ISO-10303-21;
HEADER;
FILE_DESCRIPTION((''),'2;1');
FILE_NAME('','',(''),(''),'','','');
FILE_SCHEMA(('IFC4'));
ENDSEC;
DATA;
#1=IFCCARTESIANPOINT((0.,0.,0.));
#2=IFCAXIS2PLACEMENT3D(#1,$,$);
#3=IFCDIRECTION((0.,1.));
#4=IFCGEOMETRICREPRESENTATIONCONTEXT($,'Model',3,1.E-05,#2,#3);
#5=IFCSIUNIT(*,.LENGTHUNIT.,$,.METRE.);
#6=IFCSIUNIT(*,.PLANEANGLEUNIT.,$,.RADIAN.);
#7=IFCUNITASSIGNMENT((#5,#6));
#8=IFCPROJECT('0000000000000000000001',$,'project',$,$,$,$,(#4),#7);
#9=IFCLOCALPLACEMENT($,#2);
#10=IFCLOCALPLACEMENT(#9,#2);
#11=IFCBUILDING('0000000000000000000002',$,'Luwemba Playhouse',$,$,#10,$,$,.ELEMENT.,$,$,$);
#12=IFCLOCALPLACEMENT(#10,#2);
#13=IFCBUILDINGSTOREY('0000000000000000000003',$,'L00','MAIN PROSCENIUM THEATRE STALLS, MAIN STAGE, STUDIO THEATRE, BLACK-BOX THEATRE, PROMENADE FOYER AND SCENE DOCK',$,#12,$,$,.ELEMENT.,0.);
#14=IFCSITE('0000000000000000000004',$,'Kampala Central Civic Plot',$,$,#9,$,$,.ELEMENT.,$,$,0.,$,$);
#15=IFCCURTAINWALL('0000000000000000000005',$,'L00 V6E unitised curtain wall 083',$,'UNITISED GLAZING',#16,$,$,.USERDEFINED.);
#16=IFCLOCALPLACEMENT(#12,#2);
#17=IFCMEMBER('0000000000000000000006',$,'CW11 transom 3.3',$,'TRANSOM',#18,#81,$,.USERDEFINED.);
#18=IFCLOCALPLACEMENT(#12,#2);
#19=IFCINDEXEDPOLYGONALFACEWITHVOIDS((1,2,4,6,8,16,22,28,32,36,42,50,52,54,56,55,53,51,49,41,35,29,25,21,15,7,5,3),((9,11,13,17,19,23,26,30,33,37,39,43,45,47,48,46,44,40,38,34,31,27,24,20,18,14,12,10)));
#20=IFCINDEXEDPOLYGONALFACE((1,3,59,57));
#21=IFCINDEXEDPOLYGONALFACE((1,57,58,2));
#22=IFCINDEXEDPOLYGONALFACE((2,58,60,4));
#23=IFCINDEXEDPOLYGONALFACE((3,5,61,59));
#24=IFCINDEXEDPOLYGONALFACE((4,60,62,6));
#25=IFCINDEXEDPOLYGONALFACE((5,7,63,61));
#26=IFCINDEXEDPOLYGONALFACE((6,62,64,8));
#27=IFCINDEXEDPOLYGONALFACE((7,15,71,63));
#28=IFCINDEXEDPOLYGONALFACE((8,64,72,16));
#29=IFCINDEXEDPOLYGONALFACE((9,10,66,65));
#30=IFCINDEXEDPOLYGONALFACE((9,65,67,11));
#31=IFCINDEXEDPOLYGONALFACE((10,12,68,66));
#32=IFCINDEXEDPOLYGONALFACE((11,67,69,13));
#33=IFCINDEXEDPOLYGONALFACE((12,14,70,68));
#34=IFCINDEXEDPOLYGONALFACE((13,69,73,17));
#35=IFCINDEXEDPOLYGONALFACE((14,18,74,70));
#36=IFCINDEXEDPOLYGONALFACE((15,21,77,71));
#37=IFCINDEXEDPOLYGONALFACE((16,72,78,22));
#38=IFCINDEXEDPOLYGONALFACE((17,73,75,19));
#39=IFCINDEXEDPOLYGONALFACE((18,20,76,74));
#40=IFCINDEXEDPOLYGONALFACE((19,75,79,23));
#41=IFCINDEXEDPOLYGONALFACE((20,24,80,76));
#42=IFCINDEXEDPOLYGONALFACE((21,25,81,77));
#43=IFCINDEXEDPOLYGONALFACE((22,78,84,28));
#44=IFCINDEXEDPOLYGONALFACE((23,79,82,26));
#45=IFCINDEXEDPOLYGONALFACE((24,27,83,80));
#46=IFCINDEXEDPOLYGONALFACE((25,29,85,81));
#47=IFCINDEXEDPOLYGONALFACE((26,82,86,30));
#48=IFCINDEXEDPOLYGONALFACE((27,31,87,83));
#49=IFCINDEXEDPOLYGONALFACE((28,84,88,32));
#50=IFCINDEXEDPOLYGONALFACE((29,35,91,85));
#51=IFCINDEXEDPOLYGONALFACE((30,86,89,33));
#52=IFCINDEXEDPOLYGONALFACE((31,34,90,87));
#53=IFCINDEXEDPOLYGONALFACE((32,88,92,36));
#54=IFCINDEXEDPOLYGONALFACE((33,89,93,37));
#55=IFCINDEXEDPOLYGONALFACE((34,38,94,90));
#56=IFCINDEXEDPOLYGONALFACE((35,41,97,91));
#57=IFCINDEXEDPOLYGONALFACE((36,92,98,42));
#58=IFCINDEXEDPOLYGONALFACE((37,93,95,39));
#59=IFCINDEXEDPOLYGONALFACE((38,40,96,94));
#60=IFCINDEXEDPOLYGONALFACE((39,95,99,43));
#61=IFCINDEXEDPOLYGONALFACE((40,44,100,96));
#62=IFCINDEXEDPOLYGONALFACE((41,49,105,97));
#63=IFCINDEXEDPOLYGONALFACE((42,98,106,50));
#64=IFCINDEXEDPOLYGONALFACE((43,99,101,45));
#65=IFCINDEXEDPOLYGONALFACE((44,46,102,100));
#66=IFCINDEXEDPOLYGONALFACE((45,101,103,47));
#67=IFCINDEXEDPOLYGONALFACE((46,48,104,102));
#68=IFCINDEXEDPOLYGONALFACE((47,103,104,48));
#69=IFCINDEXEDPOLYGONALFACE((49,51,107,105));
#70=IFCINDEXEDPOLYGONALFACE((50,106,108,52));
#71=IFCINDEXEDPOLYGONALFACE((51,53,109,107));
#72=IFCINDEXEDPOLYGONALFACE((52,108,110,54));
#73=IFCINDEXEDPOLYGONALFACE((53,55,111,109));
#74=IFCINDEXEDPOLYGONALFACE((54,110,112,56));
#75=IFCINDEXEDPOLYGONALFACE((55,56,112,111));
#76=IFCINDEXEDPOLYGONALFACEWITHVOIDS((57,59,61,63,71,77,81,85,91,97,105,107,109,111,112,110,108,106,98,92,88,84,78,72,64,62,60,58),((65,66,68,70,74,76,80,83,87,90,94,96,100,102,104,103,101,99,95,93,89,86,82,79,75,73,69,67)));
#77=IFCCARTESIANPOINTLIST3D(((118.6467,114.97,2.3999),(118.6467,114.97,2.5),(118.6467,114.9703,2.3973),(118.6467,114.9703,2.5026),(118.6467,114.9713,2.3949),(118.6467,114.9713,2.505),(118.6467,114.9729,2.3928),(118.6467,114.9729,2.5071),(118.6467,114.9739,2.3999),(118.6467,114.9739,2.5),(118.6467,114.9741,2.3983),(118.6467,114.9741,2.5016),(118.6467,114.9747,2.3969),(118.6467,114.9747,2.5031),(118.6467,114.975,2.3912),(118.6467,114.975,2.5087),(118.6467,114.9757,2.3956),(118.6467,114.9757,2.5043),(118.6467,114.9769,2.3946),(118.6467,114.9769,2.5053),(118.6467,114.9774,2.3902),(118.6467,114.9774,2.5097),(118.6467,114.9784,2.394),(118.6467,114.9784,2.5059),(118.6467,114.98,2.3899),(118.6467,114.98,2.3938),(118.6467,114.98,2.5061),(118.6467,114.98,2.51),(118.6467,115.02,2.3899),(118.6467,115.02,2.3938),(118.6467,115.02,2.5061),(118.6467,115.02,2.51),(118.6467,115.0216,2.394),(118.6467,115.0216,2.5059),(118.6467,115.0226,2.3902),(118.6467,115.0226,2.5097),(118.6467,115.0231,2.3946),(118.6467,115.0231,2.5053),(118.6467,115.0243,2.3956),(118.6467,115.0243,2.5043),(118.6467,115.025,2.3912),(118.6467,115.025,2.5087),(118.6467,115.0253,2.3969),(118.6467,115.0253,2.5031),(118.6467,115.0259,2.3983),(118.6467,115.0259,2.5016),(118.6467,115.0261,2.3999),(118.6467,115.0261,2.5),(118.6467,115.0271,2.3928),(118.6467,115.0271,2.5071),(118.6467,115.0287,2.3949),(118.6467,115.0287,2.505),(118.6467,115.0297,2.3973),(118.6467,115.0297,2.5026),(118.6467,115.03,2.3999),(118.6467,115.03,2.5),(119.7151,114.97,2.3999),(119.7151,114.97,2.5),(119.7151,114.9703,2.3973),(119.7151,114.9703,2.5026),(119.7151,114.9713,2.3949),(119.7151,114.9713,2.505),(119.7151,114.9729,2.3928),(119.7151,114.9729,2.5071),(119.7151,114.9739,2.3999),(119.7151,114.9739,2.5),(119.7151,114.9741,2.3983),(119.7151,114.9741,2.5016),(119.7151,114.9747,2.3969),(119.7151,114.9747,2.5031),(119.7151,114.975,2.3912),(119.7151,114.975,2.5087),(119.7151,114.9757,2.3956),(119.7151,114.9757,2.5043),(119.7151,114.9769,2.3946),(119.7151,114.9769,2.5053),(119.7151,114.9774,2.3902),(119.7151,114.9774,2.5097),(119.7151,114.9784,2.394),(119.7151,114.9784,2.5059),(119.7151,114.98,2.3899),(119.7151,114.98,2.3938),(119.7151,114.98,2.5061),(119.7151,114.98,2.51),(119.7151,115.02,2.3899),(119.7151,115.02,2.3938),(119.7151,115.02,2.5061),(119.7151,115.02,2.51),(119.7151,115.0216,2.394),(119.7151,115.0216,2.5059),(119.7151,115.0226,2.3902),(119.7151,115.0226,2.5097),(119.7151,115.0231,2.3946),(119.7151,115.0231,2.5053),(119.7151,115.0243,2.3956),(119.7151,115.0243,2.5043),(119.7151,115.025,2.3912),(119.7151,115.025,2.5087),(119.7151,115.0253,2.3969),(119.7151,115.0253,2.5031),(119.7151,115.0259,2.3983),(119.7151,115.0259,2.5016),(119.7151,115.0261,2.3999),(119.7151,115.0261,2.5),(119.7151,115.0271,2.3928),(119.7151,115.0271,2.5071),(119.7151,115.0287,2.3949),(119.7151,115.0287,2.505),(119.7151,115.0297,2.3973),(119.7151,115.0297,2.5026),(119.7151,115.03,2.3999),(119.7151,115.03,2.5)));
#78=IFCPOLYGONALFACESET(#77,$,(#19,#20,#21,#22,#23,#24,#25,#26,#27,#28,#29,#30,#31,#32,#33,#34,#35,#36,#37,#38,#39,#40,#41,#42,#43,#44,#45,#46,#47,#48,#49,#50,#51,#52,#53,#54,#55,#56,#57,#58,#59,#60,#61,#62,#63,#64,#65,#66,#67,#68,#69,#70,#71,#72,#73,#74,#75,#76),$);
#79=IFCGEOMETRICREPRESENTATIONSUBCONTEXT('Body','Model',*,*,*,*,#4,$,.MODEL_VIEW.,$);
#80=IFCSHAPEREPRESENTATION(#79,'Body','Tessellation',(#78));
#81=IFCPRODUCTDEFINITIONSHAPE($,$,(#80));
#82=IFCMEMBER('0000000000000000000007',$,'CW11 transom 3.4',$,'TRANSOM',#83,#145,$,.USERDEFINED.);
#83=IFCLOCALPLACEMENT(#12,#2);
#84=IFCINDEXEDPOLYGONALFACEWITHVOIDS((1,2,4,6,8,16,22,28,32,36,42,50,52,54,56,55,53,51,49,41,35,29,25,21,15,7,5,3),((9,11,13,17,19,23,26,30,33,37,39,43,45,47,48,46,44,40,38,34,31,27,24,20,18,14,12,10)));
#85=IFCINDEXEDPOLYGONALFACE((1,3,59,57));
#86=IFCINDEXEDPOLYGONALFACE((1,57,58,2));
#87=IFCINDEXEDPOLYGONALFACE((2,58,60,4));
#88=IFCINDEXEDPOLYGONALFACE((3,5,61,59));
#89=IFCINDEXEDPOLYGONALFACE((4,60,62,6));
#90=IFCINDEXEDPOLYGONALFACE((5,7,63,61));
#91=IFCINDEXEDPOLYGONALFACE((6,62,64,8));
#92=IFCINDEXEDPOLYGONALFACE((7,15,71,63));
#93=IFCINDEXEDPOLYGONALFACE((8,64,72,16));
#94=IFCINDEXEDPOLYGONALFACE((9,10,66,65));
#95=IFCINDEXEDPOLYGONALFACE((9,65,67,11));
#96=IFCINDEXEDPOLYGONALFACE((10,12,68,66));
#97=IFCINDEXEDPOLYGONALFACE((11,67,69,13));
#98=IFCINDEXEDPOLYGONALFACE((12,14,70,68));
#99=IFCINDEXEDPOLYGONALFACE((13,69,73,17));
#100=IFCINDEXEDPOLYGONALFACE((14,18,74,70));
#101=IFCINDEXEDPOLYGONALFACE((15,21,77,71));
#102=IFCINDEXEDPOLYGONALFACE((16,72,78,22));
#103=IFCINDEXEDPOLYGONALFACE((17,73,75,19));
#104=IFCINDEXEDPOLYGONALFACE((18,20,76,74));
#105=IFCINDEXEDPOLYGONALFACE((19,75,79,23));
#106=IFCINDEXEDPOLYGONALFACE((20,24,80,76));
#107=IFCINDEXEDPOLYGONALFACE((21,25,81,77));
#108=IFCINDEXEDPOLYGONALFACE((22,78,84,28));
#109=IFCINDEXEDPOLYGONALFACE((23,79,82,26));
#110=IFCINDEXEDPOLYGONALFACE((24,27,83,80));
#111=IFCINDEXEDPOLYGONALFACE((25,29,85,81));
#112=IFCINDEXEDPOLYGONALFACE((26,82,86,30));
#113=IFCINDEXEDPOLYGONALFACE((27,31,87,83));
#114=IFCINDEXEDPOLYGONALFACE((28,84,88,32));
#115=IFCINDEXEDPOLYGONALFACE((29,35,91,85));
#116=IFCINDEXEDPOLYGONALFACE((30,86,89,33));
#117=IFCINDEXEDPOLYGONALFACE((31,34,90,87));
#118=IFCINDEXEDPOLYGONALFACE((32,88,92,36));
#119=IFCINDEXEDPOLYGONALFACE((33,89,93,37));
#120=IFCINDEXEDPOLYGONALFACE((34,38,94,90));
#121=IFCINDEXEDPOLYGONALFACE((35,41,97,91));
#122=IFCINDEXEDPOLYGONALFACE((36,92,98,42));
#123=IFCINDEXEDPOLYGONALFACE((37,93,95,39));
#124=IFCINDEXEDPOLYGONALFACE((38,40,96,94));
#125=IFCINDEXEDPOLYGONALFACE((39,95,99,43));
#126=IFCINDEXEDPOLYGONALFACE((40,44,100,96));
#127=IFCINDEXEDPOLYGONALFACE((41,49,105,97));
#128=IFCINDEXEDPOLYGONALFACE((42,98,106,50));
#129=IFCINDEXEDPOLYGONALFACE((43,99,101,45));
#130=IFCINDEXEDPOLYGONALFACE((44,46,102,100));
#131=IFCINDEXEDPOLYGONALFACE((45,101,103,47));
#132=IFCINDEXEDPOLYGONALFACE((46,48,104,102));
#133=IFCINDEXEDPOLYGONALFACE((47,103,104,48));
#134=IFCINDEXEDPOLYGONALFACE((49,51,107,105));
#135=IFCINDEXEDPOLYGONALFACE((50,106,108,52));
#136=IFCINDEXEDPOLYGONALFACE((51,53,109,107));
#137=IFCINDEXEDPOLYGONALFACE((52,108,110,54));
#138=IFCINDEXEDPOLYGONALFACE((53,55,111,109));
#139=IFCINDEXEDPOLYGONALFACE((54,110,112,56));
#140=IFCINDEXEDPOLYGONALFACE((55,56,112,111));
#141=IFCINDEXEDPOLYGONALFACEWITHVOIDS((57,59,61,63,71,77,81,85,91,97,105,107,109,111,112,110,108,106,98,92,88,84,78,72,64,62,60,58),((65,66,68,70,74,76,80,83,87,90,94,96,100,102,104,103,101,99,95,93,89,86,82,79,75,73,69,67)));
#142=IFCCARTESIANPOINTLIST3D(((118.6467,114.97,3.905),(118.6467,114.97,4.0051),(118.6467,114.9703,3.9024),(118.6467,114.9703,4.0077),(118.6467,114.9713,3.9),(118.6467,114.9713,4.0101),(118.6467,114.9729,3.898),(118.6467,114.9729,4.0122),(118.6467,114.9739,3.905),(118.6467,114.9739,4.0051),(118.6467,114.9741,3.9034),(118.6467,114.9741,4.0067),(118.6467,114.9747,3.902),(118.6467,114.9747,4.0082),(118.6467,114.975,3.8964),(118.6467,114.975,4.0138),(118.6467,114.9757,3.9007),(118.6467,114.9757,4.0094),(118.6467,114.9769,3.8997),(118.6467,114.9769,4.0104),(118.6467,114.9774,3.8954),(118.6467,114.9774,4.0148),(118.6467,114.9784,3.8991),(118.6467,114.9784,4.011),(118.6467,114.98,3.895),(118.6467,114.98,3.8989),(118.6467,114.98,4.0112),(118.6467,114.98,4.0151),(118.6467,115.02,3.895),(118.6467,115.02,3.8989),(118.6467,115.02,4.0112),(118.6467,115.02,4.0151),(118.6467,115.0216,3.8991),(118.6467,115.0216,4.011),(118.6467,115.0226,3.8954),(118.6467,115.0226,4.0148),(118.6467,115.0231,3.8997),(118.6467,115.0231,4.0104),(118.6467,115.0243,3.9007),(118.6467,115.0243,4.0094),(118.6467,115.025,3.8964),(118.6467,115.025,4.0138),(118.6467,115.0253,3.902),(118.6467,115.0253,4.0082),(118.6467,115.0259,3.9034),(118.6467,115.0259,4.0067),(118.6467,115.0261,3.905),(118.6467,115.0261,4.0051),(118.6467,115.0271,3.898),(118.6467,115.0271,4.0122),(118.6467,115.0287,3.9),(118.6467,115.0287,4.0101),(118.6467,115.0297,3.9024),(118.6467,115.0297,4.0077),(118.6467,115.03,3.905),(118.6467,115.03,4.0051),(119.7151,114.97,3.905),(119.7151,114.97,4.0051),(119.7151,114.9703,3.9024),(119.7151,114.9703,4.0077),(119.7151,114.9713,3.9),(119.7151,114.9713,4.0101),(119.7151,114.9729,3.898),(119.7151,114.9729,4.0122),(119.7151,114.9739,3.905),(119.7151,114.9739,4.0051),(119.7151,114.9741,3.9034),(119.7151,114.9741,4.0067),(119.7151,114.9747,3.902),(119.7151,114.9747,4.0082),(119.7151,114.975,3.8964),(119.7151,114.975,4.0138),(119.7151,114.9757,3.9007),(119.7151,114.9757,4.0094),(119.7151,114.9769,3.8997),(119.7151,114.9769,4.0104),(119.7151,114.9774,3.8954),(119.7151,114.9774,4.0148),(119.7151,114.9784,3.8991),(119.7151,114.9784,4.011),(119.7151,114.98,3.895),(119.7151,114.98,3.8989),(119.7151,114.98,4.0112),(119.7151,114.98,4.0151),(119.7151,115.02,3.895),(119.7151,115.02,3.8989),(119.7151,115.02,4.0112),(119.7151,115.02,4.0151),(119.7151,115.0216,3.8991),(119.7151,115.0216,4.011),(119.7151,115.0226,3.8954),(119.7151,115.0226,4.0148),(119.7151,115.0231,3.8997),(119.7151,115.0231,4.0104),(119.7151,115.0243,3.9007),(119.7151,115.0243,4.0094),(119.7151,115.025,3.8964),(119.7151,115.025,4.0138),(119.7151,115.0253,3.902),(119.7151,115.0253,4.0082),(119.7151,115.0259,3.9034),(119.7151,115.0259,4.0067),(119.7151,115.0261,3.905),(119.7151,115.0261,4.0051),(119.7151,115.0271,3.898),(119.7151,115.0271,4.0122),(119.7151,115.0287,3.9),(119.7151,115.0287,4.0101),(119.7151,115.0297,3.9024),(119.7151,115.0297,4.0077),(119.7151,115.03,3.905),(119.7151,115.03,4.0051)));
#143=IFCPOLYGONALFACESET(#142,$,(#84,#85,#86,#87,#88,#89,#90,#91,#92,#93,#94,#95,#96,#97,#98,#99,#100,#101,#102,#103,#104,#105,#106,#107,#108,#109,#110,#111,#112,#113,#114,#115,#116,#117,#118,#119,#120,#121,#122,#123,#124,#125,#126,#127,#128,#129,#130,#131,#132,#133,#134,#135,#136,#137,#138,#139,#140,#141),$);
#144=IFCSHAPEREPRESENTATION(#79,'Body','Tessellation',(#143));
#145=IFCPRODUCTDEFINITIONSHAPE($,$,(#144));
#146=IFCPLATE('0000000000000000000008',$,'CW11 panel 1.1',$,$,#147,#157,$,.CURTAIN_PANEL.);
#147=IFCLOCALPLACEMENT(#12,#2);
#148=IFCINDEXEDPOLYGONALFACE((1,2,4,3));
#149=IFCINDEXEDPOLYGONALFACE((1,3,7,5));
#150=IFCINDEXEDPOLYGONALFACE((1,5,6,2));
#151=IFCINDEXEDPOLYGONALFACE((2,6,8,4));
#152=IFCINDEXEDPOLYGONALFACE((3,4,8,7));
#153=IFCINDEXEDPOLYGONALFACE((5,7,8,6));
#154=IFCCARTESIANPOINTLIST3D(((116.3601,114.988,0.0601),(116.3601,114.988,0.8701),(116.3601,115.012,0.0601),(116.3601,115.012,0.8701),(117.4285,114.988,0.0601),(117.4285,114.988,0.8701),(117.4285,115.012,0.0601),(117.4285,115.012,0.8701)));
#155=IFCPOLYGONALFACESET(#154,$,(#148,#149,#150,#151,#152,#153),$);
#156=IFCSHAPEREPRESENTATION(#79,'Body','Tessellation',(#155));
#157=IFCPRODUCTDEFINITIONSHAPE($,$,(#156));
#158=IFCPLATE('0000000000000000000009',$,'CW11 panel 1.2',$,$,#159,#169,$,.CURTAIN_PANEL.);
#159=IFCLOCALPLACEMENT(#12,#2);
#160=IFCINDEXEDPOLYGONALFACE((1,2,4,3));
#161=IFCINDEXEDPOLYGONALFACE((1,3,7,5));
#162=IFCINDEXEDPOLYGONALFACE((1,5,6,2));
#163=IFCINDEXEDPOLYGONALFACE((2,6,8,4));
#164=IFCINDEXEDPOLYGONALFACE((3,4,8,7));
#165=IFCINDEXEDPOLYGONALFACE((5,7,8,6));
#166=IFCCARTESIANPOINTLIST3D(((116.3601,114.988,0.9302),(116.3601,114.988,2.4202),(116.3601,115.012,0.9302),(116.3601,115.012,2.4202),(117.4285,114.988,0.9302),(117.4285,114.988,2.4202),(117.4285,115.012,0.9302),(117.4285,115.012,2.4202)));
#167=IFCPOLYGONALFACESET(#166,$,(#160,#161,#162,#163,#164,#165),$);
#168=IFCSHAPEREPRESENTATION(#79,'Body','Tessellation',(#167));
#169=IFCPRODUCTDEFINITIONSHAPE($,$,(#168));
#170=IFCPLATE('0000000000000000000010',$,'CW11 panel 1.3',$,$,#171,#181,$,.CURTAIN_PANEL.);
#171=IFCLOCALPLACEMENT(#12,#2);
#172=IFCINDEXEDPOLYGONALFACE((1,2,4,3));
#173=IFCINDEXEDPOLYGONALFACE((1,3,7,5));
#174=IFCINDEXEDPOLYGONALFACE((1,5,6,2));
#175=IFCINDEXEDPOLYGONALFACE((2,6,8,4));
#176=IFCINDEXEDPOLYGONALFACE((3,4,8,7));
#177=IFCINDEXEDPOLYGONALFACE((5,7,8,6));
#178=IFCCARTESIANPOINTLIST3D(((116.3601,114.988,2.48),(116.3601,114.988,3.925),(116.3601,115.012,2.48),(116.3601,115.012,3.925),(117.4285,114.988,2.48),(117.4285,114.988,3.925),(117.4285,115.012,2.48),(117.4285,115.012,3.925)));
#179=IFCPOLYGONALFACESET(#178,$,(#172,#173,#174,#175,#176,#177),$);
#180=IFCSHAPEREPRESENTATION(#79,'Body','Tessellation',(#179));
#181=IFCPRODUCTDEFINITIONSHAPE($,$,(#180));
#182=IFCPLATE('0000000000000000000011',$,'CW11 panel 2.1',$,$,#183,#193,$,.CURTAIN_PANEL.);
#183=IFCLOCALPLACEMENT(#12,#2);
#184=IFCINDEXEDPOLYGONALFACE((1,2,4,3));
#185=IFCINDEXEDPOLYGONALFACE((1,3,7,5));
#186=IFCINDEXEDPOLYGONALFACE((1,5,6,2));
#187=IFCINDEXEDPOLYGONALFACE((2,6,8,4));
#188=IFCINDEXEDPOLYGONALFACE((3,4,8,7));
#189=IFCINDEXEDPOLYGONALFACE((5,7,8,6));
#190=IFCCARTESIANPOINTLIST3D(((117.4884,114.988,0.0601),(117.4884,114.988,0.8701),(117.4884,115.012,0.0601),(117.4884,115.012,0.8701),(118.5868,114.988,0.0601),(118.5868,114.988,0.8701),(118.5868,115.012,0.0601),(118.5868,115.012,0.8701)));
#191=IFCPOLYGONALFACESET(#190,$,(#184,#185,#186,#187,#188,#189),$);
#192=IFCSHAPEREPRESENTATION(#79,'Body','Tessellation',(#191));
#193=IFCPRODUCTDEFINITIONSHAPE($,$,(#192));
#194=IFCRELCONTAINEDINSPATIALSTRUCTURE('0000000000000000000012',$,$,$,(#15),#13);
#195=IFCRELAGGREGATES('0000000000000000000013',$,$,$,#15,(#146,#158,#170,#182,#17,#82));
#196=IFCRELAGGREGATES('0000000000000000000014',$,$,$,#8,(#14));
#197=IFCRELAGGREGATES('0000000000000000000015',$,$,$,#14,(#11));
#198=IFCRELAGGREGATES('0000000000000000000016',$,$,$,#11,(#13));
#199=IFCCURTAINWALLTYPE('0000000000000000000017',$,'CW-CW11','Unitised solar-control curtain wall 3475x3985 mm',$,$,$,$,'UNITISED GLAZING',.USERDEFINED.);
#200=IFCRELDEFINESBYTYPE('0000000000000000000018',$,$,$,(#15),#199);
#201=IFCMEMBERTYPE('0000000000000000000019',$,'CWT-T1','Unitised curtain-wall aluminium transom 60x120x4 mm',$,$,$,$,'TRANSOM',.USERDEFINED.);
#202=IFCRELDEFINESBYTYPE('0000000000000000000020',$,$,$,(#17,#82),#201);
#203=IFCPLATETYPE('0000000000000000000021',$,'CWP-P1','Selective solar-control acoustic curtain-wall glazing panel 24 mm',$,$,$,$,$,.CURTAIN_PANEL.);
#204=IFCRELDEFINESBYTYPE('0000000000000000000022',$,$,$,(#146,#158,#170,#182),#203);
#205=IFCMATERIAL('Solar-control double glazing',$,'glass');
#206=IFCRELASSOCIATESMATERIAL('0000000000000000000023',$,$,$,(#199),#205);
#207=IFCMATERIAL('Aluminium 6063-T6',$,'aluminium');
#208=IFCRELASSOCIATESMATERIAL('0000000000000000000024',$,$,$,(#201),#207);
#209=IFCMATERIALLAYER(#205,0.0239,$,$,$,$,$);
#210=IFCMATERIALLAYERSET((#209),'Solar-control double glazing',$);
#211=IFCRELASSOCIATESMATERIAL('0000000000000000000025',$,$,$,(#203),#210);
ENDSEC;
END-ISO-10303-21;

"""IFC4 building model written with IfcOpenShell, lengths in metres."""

from ifc_helpers import new_model, si_unit, direction, frame, origin, origin_2d, place, context, subcontext, project, spatial, rectangle, hollow_rectangle, extrude, material, layer, layer_set, material_profile, profile_set, type_object, element, aggregate, save


model = new_model("IFC4")

# Units and contexts
model_context = context("Model", 3, precision=1e-05, world=origin(), true_north=direction((0.0, 1.0)))
body_context = subcontext(model_context, "Body", "Model", "MODEL_VIEW")
ifc_project = project(units=[si_unit("LENGTHUNIT", "METRE"), si_unit("PLANEANGLEUNIT", "RADIAN")], contexts=[model_context])

# Site, building, storey
site_placement = place(None, origin())
site = spatial("IfcSite", under=ifc_project, at=site_placement, Name="Kampala Central Civic Plot", CompositionType="ELEMENT", RefElevation=0.0)
building_placement = place(site_placement, origin())
building = spatial("IfcBuilding", under=site, at=building_placement, Name="Luwemba Playhouse", CompositionType="ELEMENT")
storey_placement = place(building_placement, origin())
storey = spatial("IfcBuildingStorey", under=building, at=storey_placement, Name="L00", Description="MAIN PROSCENIUM THEATRE STALLS, MAIN STAGE, STUDIO THEATRE, BLACK-BOX THEATRE, PROMENADE FOYER AND SCENE DOCK", CompositionType="ELEMENT", Elevation=0.0)

# Curtain wall, members, plates
ifc_material_1 = material(Name="Solar-control double glazing", Category="glass")
curtain_wall_type = type_object("IfcCurtainWallType", Name="CW-CW11", Description="Unitised solar-control curtain wall 3475x3985 mm", ElementType="UNITISED GLAZING", PredefinedType="USERDEFINED", material=ifc_material_1)
curtain_wall_placement = place(storey_placement, origin())
curtain_wall = element("IfcCurtainWall", 1, at=curtain_wall_placement, inside=storey, type_object=curtain_wall_type, Name="L00 V6E unitised curtain wall 083", ObjectType="UNITISED GLAZING", PredefinedType="USERDEFINED")
ifc_material_2 = material(Name="Aluminium 6063-T6", Category="aluminium")
ifc_material_profile_1 = material_profile(ifc_material_2, hollow_rectangle(XDim=0.0601, YDim=0.1201, WallThickness=0.0039, InnerFilletRadius=0.0061, OuterFilletRadius=0.01, at=origin_2d()))
ifc_profile_set_1 = profile_set([ifc_material_profile_1], Name="Aluminium 6063-T6")
member_type_1 = type_object("IfcMemberType", Name="CWT-T1", Description="Unitised curtain-wall aluminium transom 60x120x4 mm", ElementType="TRANSOM", PredefinedType="USERDEFINED", material=ifc_profile_set_1)
member_1_placement = place(storey_placement, frame((118.6467, 115.0, 2.45), z_axis=(1.0, 0.0, 0.0), x_axis=(0.0, 1.0, 0.0)))
member_1 = element("IfcMember", 2, at=member_1_placement, type_object=member_type_1, Name="CW11 transom 3.3", ObjectType="TRANSOM", PredefinedType="USERDEFINED", context=body_context, shape_type="SweptSolid", body=[
    extrude(hollow_rectangle(XDim=0.0601, YDim=0.1201, WallThickness=0.0039, InnerFilletRadius=0.0061, OuterFilletRadius=0.01, at=origin_2d()), origin(), (0.0, 0.0, 1.0), 1.0684),
])
member_2_placement = place(storey_placement, frame((118.6467, 115.0, 3.9551), z_axis=(1.0, 0.0, 0.0), x_axis=(0.0, 1.0, 0.0)))
member_2 = element("IfcMember", 3, at=member_2_placement, type_object=member_type_1, Name="CW11 transom 3.4", ObjectType="TRANSOM", PredefinedType="USERDEFINED", context=body_context, shape_type="SweptSolid", body=[
    extrude(hollow_rectangle(XDim=0.0601, YDim=0.1201, WallThickness=0.0039, InnerFilletRadius=0.0061, OuterFilletRadius=0.01, at=origin_2d()), origin(), (0.0, 0.0, 1.0), 1.0684),
])
ifc_layer_1 = layer(ifc_material_1, 0.0239)
ifc_layer_set_1 = layer_set([ifc_layer_1], Name="Solar-control double glazing")
plate_type = type_object("IfcPlateType", Name="CWP-P1", Description="Selective solar-control acoustic curtain-wall glazing panel 24 mm", PredefinedType="CURTAIN_PANEL", material=ifc_layer_set_1)
plate_1_placement = place(storey_placement, frame((116.8943, 115.0, 0.0601), z_axis=(0.0, 0.0, 1.0), x_axis=(1.0, 0.0, 0.0)))
plate_1 = element("IfcPlate", 4, at=plate_1_placement, type_object=plate_type, Name="CW11 panel 1.1", PredefinedType="CURTAIN_PANEL", context=body_context, shape_type="SweptSolid", body=[
    extrude(rectangle(XDim=1.0684, YDim=0.0239, at=origin_2d()), origin(), (0.0, 0.0, 1.0), 0.8101),
])
plate_2_placement = place(storey_placement, frame((116.8943, 115.0, 0.9302), z_axis=(0.0, 0.0, 1.0), x_axis=(1.0, 0.0, 0.0)))
plate_2 = element("IfcPlate", 5, at=plate_2_placement, type_object=plate_type, Name="CW11 panel 1.2", PredefinedType="CURTAIN_PANEL", context=body_context, shape_type="SweptSolid", body=[
    extrude(rectangle(XDim=1.0684, YDim=0.0239, at=origin_2d()), origin(), (0.0, 0.0, 1.0), 1.49),
])
plate_3_placement = place(storey_placement, frame((116.8943, 115.0, 2.48), z_axis=(0.0, 0.0, 1.0), x_axis=(1.0, 0.0, 0.0)))
plate_3 = element("IfcPlate", 6, at=plate_3_placement, type_object=plate_type, Name="CW11 panel 1.3", PredefinedType="CURTAIN_PANEL", context=body_context, shape_type="SweptSolid", body=[
    extrude(rectangle(XDim=1.0684, YDim=0.0239, at=origin_2d()), origin(), (0.0, 0.0, 1.0), 1.4451),
])
plate_4_placement = place(storey_placement, frame((118.0376, 115.0, 0.0601), z_axis=(0.0, 0.0, 1.0), x_axis=(1.0, 0.0, 0.0)))
plate_4 = element("IfcPlate", 7, at=plate_4_placement, type_object=plate_type, Name="CW11 panel 2.1", PredefinedType="CURTAIN_PANEL", context=body_context, shape_type="SweptSolid", body=[
    extrude(rectangle(XDim=1.0984, YDim=0.0239, at=origin_2d()), origin(), (0.0, 0.0, 1.0), 0.8101),
])
aggregate(curtain_wall, [plate_1, plate_2, plate_3, plate_4, member_1, member_2])

save(model, "model.ifc")
